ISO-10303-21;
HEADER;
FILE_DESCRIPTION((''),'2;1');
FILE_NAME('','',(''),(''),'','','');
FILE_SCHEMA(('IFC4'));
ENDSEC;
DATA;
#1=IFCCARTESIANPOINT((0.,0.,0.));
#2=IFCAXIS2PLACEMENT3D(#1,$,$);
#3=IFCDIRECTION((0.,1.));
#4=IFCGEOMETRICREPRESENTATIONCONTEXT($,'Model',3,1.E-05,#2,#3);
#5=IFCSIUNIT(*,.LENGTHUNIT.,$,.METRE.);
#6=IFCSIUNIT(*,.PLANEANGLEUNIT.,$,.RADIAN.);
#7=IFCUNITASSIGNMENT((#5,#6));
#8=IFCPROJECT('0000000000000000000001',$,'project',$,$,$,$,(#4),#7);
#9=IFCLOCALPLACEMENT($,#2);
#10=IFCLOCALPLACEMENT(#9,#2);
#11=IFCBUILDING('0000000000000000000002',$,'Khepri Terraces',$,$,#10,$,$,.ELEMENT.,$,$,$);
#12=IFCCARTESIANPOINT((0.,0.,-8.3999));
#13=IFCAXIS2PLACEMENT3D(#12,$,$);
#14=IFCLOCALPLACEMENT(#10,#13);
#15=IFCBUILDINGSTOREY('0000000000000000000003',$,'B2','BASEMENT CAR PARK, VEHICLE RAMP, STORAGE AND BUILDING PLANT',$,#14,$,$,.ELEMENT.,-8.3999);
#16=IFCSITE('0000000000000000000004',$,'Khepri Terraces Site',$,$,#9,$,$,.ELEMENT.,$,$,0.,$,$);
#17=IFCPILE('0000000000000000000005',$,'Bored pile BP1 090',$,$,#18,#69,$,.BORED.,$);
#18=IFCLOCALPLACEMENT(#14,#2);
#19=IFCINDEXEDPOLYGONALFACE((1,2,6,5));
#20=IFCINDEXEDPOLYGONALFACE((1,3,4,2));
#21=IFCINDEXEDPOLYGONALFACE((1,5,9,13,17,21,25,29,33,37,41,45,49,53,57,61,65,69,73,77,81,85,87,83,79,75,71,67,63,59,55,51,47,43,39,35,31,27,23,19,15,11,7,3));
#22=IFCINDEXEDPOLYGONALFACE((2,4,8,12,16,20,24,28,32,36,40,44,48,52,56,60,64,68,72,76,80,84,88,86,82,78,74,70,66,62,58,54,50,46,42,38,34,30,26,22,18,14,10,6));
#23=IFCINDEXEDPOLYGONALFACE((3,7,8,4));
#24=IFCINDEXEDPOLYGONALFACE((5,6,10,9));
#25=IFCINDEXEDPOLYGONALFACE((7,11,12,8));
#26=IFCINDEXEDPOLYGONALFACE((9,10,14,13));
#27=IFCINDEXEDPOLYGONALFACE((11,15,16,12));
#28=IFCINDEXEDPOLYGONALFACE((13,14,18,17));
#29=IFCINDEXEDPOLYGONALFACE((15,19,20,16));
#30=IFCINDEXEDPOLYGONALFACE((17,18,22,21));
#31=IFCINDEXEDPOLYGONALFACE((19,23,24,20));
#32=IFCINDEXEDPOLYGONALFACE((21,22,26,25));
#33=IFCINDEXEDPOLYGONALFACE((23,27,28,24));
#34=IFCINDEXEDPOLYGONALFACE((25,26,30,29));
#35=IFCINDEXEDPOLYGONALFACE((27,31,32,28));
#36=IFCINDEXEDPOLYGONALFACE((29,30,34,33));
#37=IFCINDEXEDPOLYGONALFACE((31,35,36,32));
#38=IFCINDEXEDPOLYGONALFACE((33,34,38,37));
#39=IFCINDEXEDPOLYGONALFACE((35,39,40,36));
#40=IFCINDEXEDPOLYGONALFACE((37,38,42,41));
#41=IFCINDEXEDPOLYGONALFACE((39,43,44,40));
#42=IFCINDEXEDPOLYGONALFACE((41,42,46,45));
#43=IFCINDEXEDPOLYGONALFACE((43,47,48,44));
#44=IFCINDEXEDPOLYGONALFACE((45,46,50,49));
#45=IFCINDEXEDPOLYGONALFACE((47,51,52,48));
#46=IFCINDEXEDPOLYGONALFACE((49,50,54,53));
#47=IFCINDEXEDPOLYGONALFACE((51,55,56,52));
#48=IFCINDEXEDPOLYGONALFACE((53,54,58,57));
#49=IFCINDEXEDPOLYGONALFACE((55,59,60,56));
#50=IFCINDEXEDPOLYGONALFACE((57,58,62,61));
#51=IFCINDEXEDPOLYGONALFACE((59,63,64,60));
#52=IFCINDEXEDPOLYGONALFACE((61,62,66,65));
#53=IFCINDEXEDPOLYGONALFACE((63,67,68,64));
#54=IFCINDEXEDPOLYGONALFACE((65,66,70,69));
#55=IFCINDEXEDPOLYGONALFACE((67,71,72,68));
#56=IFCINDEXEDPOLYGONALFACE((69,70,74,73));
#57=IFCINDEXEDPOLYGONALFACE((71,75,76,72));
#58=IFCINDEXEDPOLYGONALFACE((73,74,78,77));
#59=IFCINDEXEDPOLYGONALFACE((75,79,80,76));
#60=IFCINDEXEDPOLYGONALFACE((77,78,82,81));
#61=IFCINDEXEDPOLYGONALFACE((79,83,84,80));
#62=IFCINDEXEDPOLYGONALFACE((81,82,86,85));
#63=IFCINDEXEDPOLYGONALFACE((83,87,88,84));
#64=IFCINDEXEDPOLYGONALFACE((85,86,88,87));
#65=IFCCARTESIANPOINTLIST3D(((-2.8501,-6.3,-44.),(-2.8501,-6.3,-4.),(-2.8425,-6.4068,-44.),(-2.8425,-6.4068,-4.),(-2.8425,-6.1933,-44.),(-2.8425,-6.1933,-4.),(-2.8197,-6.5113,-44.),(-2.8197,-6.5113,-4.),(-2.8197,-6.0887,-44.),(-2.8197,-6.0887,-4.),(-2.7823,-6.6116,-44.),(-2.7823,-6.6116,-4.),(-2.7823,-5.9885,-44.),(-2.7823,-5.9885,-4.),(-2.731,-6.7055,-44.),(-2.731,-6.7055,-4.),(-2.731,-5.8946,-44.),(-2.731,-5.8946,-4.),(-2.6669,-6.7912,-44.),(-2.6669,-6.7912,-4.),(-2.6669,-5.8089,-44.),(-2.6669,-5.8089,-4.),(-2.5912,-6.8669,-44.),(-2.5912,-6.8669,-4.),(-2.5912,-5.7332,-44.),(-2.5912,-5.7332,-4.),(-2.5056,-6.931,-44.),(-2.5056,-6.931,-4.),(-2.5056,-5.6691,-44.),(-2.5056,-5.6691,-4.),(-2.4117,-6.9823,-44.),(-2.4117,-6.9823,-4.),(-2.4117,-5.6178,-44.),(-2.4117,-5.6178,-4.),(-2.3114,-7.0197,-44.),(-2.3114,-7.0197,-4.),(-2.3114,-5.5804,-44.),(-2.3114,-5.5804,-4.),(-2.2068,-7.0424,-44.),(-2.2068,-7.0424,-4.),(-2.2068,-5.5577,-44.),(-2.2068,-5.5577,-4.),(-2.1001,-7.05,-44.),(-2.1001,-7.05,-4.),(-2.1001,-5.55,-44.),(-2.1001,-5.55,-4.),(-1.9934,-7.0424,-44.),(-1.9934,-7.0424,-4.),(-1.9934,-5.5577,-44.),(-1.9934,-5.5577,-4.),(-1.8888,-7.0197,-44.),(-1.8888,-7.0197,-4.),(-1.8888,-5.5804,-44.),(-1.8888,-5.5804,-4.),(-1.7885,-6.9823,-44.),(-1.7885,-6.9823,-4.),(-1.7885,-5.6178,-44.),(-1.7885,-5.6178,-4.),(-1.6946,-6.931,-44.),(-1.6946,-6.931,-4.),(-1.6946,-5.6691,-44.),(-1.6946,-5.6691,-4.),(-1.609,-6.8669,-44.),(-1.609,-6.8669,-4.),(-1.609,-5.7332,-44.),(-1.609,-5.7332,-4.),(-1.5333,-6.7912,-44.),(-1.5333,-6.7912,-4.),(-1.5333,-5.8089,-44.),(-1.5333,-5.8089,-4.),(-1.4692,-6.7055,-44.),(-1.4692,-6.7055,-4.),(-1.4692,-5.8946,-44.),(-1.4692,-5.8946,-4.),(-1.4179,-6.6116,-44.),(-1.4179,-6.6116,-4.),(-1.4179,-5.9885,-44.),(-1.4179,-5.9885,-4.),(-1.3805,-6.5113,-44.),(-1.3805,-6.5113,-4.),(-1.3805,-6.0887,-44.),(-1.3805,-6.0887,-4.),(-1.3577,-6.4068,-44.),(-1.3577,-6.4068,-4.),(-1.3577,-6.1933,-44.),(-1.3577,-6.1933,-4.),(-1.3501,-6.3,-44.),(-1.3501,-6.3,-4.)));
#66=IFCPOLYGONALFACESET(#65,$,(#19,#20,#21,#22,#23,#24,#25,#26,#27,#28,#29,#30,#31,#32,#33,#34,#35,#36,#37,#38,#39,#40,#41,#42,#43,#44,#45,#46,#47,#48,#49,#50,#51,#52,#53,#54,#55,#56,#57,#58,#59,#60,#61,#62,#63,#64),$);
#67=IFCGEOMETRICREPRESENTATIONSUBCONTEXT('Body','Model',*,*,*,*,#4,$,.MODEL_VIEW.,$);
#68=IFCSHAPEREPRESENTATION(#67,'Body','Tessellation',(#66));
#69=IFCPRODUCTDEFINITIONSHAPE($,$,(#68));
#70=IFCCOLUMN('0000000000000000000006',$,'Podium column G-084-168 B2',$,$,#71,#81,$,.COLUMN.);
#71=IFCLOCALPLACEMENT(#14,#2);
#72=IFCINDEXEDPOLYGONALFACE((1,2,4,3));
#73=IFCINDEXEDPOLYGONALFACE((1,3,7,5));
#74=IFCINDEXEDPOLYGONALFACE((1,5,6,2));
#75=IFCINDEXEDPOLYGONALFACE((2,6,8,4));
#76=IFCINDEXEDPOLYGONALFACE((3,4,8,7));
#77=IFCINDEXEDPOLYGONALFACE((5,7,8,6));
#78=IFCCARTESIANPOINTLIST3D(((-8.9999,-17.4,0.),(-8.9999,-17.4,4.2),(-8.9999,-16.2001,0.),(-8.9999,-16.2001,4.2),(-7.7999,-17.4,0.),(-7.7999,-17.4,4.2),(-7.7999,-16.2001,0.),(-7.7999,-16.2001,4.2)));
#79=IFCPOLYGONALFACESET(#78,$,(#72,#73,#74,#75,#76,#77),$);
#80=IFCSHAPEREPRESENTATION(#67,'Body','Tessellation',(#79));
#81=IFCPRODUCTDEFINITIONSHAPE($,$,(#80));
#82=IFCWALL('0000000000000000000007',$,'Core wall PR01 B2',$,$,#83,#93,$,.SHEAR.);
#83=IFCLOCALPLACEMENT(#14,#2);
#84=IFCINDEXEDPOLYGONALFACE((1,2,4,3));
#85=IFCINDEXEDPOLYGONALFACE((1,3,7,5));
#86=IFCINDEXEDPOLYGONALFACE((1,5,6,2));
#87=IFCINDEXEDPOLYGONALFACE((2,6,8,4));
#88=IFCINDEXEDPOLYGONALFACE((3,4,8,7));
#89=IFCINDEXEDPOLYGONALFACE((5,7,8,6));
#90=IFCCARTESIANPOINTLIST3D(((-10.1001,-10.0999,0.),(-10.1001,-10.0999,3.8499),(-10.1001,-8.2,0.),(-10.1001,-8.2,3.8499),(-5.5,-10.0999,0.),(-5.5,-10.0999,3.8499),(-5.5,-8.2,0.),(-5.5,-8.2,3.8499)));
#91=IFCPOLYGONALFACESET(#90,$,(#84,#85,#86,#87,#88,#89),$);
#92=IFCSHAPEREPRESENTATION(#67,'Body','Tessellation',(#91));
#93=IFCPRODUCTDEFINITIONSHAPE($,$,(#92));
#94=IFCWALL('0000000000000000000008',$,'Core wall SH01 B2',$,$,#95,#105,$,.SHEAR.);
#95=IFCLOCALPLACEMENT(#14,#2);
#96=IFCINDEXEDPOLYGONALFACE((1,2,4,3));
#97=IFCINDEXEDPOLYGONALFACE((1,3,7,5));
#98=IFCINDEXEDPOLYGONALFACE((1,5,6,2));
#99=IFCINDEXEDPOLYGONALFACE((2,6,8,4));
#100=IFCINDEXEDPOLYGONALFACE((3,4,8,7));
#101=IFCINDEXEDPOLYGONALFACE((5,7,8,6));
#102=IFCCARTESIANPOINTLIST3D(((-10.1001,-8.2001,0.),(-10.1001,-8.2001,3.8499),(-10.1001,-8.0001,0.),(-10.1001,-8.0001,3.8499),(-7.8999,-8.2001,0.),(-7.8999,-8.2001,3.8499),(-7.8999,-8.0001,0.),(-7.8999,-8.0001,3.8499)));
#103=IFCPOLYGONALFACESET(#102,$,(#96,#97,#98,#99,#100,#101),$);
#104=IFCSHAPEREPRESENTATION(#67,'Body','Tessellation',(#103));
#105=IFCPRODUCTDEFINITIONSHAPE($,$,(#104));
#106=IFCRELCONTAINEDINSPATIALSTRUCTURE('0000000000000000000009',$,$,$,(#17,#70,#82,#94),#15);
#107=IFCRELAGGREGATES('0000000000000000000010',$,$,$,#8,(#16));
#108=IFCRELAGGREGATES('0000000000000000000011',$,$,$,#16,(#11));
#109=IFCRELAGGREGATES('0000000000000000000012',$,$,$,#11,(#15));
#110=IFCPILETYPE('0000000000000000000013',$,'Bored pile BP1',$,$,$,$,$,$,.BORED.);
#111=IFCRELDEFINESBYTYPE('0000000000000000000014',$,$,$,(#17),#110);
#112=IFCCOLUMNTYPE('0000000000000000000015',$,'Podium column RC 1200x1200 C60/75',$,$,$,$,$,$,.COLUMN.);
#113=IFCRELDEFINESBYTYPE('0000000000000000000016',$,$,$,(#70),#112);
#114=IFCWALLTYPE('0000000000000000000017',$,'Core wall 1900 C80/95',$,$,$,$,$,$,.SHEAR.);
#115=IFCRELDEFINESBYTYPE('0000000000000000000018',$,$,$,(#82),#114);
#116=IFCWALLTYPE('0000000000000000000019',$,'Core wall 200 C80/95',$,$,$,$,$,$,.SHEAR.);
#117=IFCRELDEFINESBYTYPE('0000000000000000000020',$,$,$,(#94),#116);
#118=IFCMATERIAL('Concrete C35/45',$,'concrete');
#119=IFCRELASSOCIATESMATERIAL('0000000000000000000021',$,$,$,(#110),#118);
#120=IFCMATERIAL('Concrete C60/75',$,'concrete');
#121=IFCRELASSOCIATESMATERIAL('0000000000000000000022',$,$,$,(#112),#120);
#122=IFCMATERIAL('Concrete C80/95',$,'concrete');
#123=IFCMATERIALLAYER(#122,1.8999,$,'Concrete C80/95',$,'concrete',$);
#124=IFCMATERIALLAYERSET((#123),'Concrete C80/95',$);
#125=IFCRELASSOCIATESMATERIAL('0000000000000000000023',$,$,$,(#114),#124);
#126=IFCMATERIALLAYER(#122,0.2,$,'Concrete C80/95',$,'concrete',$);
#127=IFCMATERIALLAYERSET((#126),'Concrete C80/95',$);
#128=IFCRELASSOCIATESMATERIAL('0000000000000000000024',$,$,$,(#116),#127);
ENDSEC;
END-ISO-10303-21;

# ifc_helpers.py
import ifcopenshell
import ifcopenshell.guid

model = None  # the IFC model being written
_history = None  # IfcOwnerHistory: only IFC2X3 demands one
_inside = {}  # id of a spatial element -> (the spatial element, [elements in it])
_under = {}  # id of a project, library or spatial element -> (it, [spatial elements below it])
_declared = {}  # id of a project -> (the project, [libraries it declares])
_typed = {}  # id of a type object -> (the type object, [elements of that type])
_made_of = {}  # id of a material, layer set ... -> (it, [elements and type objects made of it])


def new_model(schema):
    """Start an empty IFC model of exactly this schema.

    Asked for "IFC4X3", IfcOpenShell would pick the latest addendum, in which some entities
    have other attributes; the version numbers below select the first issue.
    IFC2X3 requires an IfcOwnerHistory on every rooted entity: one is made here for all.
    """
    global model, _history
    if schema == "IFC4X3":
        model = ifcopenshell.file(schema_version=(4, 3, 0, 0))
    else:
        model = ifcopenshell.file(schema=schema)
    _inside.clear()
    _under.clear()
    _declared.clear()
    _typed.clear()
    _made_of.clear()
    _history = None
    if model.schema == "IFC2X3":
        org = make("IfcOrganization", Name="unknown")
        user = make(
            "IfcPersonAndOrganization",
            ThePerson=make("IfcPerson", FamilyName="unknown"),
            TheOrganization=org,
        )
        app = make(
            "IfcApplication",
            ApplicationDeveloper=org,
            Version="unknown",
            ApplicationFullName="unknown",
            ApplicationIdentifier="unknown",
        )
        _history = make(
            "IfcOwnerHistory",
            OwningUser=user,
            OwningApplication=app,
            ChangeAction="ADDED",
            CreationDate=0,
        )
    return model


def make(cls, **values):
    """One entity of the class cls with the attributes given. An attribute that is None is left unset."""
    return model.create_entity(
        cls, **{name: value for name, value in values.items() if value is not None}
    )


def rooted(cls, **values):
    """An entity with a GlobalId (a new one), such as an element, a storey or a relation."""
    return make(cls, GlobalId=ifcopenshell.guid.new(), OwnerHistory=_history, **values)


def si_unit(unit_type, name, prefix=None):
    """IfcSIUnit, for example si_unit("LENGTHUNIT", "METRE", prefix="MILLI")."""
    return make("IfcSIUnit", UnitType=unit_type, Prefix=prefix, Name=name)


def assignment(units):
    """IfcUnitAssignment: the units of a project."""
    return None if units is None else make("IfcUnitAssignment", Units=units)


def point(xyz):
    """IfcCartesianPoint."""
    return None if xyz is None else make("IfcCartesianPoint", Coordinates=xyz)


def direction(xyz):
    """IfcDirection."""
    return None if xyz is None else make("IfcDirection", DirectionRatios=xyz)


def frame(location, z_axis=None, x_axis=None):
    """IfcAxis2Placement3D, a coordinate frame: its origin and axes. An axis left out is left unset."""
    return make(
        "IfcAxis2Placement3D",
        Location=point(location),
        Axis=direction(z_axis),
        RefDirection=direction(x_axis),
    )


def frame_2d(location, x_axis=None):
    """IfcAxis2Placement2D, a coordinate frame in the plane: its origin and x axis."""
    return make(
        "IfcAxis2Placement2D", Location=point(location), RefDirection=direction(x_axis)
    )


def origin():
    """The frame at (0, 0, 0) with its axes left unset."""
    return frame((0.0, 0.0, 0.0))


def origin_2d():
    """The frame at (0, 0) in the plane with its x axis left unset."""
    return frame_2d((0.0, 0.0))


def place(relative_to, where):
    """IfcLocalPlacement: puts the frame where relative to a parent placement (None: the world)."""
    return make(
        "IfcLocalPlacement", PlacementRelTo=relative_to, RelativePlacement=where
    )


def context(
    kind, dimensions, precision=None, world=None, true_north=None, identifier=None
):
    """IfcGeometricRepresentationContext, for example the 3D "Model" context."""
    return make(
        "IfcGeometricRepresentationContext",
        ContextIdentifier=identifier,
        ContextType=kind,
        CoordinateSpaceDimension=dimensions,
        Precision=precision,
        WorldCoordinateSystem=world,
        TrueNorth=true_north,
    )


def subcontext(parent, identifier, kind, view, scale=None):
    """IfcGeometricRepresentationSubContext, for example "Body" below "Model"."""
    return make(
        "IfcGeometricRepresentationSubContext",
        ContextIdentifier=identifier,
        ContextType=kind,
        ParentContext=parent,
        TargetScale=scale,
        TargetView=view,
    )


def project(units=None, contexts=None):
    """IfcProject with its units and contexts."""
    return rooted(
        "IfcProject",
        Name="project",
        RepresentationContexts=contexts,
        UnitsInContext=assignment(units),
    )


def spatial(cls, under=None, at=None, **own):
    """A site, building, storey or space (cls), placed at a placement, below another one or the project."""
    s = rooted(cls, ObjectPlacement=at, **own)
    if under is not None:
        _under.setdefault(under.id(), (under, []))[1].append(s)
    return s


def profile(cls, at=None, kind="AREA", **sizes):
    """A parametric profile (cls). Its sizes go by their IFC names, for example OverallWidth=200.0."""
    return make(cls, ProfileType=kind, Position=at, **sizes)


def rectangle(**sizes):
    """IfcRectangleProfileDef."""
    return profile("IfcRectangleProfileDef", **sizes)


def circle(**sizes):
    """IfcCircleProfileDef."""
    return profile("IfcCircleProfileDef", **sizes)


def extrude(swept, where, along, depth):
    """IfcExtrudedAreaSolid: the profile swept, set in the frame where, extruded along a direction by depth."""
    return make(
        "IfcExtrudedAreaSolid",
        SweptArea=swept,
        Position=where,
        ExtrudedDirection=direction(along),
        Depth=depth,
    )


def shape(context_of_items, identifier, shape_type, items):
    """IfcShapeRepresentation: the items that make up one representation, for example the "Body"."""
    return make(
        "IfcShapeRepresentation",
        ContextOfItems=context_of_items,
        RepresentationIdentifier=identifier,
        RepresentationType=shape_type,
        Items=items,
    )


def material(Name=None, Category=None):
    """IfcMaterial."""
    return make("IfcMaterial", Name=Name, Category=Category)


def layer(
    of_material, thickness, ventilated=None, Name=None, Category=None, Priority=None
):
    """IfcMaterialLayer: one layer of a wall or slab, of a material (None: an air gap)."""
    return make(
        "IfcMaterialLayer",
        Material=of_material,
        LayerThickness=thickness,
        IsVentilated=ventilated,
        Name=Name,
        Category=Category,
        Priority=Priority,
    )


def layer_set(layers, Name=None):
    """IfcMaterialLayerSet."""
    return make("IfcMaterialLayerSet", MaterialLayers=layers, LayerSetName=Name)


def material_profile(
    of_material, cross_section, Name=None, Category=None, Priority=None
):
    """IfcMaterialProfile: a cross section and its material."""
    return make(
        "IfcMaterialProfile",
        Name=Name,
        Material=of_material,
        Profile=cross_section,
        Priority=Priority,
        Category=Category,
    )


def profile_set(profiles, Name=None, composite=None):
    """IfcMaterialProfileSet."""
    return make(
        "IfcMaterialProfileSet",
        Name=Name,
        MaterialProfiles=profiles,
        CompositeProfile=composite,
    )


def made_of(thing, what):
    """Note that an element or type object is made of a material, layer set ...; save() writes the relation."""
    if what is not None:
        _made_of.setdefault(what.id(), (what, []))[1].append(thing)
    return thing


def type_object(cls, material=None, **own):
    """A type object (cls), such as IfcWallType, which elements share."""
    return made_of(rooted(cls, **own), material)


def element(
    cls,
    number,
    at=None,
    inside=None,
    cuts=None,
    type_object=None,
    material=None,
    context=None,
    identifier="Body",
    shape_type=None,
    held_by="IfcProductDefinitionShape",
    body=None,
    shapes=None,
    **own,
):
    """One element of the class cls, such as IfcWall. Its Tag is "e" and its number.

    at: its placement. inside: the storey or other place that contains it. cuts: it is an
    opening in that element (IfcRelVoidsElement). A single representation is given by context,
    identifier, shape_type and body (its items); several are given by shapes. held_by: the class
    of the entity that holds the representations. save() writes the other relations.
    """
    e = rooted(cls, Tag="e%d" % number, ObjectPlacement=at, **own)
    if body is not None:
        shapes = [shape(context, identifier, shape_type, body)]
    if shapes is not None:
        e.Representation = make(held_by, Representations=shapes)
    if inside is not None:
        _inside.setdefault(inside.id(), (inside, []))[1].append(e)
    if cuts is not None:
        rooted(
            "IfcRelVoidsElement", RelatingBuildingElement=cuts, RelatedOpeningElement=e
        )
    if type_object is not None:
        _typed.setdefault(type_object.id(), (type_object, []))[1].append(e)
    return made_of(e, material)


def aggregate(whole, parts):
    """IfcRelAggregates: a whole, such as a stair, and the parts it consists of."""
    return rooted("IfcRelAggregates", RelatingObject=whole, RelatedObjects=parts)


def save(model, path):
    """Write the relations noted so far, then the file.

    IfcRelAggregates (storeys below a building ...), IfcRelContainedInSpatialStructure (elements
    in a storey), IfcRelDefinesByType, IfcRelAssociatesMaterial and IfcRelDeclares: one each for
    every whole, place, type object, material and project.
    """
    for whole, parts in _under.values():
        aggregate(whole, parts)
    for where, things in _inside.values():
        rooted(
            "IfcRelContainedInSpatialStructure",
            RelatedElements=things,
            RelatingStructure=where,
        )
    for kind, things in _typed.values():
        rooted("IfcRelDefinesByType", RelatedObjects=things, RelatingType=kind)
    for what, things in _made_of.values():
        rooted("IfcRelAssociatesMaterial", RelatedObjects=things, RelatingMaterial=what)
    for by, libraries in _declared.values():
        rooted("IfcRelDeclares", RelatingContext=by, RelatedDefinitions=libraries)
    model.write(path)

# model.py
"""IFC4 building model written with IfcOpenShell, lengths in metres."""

from ifc_helpers import new_model, si_unit, direction, frame, frame_2d, origin, origin_2d, place, context, subcontext, project, spatial, rectangle, circle, extrude, material, layer, layer_set, material_profile, profile_set, type_object, element, save


model = new_model("IFC4")

# Units and contexts
model_context = context("Model", 3, precision=1e-05, world=origin(), true_north=direction((0.0, 1.0)))
body_context = subcontext(model_context, "Body", "Model", "MODEL_VIEW")
ifc_project = project(units=[si_unit("LENGTHUNIT", "METRE"), si_unit("PLANEANGLEUNIT", "RADIAN")], contexts=[model_context])

# Site, building, storey
site_placement = place(None, origin())
site = spatial("IfcSite", under=ifc_project, at=site_placement, Name="Khepri Terraces Site", CompositionType="ELEMENT", RefElevation=0.0)
building_placement = place(site_placement, origin())
building = spatial("IfcBuilding", under=site, at=building_placement, Name="Khepri Terraces", CompositionType="ELEMENT")
storey_placement = place(building_placement, frame((0.0, 0.0, -8.3999)))
storey = spatial("IfcBuildingStorey", under=building, at=storey_placement, Name="B2", Description="BASEMENT CAR PARK, VEHICLE RAMP, STORAGE AND BUILDING PLANT", CompositionType="ELEMENT", Elevation=-8.3999)

# Pile
ifc_material_1 = material(Name="Concrete C35/45", Category="concrete")
ifc_material_profile_1 = material_profile(ifc_material_1, circle(Radius=0.75, at=origin_2d()), Name="Concrete C35/45", Category="concrete")
ifc_profile_set_1 = profile_set([ifc_material_profile_1], Name="Concrete C35/45")
pile_type = type_object("IfcPileType", Name="Bored pile BP1", PredefinedType="BORED", material=ifc_profile_set_1)
for number, where, z_axis, x_axis, name in (
    (1, (-2.1001, -6.3, -4.0), (0.0, 0.0, -1.0), (1.0, 0.0, 0.0), "Bored pile BP1 090"),
):
    element("IfcPile", number, at=place(storey_placement, frame(where, z_axis=z_axis, x_axis=x_axis)), inside=storey, type_object=pile_type, Name=name, PredefinedType="BORED", context=body_context, shape_type="SweptSolid", body=[
        extrude(circle(Radius=0.75, at=origin_2d()), origin(), (0.0, 0.0, 1.0), 40.0),
    ])

# Column
ifc_material_2 = material(Name="Concrete C60/75", Category="concrete")
ifc_material_profile_2 = material_profile(ifc_material_2, rectangle(XDim=1.2, YDim=1.2, at=origin_2d()), Name="Concrete C60/75", Category="concrete")
ifc_profile_set_2 = profile_set([ifc_material_profile_2], Name="Concrete C60/75")
column_type = type_object("IfcColumnType", Name="Podium column RC 1200x1200 C60/75", PredefinedType="COLUMN", material=ifc_profile_set_2)
column_placement = place(storey_placement, frame((-8.3999, -16.8, 0.0), z_axis=(0.0, 0.0, 1.0), x_axis=(1.0, 0.0, 0.0)))
element("IfcColumn", 2, at=column_placement, inside=storey, type_object=column_type, Name="Podium column G-084-168 B2", PredefinedType="COLUMN", context=body_context, shape_type="SweptSolid", body=[
    extrude(rectangle(XDim=1.2, YDim=1.2, at=origin_2d()), origin(), (0.0, 0.0, 1.0), 4.2),
])

# Walls
ifc_material_3 = material(Name="Concrete C80/95", Category="concrete")
ifc_layer_1 = layer(ifc_material_3, 1.8999, Name="Concrete C80/95", Category="concrete")
ifc_layer_set_1 = layer_set([ifc_layer_1], Name="Concrete C80/95")
wall_type_1 = type_object("IfcWallType", Name="Core wall 1900 C80/95", PredefinedType="SHEAR", material=ifc_layer_set_1)
wall_1_placement = place(storey_placement, frame((-10.1001, -9.1499, 0.0), z_axis=(0.0, 0.0, 1.0), x_axis=(1.0, 0.0, 0.0)))
element("IfcWall", 3, at=wall_1_placement, inside=storey, type_object=wall_type_1, Name="Core wall PR01 B2", PredefinedType="SHEAR", context=body_context, shape_type="SweptSolid", body=[
    extrude(rectangle(XDim=4.6001, YDim=1.8999, at=frame_2d((2.3, 0.0))), origin(), (0.0, 0.0, 1.0), 3.8499),
])
ifc_layer_2 = layer(ifc_material_3, 0.2, Name="Concrete C80/95", Category="concrete")
ifc_layer_set_2 = layer_set([ifc_layer_2], Name="Concrete C80/95")
wall_type_2 = type_object("IfcWallType", Name="Core wall 200 C80/95", PredefinedType="SHEAR", material=ifc_layer_set_2)
wall_2_placement = place(storey_placement, frame((-10.1001, -8.1001, 0.0), z_axis=(0.0, 0.0, 1.0), x_axis=(1.0, 0.0, 0.0)))
element("IfcWall", 4, at=wall_2_placement, inside=storey, type_object=wall_type_2, Name="Core wall SH01 B2", PredefinedType="SHEAR", context=body_context, shape_type="SweptSolid", body=[
    extrude(rectangle(XDim=2.2002, YDim=0.2, at=frame_2d((1.1001, 0.0))), origin(), (0.0, 0.0, 1.0), 3.8499),
])

save(model, "model.ifc")
